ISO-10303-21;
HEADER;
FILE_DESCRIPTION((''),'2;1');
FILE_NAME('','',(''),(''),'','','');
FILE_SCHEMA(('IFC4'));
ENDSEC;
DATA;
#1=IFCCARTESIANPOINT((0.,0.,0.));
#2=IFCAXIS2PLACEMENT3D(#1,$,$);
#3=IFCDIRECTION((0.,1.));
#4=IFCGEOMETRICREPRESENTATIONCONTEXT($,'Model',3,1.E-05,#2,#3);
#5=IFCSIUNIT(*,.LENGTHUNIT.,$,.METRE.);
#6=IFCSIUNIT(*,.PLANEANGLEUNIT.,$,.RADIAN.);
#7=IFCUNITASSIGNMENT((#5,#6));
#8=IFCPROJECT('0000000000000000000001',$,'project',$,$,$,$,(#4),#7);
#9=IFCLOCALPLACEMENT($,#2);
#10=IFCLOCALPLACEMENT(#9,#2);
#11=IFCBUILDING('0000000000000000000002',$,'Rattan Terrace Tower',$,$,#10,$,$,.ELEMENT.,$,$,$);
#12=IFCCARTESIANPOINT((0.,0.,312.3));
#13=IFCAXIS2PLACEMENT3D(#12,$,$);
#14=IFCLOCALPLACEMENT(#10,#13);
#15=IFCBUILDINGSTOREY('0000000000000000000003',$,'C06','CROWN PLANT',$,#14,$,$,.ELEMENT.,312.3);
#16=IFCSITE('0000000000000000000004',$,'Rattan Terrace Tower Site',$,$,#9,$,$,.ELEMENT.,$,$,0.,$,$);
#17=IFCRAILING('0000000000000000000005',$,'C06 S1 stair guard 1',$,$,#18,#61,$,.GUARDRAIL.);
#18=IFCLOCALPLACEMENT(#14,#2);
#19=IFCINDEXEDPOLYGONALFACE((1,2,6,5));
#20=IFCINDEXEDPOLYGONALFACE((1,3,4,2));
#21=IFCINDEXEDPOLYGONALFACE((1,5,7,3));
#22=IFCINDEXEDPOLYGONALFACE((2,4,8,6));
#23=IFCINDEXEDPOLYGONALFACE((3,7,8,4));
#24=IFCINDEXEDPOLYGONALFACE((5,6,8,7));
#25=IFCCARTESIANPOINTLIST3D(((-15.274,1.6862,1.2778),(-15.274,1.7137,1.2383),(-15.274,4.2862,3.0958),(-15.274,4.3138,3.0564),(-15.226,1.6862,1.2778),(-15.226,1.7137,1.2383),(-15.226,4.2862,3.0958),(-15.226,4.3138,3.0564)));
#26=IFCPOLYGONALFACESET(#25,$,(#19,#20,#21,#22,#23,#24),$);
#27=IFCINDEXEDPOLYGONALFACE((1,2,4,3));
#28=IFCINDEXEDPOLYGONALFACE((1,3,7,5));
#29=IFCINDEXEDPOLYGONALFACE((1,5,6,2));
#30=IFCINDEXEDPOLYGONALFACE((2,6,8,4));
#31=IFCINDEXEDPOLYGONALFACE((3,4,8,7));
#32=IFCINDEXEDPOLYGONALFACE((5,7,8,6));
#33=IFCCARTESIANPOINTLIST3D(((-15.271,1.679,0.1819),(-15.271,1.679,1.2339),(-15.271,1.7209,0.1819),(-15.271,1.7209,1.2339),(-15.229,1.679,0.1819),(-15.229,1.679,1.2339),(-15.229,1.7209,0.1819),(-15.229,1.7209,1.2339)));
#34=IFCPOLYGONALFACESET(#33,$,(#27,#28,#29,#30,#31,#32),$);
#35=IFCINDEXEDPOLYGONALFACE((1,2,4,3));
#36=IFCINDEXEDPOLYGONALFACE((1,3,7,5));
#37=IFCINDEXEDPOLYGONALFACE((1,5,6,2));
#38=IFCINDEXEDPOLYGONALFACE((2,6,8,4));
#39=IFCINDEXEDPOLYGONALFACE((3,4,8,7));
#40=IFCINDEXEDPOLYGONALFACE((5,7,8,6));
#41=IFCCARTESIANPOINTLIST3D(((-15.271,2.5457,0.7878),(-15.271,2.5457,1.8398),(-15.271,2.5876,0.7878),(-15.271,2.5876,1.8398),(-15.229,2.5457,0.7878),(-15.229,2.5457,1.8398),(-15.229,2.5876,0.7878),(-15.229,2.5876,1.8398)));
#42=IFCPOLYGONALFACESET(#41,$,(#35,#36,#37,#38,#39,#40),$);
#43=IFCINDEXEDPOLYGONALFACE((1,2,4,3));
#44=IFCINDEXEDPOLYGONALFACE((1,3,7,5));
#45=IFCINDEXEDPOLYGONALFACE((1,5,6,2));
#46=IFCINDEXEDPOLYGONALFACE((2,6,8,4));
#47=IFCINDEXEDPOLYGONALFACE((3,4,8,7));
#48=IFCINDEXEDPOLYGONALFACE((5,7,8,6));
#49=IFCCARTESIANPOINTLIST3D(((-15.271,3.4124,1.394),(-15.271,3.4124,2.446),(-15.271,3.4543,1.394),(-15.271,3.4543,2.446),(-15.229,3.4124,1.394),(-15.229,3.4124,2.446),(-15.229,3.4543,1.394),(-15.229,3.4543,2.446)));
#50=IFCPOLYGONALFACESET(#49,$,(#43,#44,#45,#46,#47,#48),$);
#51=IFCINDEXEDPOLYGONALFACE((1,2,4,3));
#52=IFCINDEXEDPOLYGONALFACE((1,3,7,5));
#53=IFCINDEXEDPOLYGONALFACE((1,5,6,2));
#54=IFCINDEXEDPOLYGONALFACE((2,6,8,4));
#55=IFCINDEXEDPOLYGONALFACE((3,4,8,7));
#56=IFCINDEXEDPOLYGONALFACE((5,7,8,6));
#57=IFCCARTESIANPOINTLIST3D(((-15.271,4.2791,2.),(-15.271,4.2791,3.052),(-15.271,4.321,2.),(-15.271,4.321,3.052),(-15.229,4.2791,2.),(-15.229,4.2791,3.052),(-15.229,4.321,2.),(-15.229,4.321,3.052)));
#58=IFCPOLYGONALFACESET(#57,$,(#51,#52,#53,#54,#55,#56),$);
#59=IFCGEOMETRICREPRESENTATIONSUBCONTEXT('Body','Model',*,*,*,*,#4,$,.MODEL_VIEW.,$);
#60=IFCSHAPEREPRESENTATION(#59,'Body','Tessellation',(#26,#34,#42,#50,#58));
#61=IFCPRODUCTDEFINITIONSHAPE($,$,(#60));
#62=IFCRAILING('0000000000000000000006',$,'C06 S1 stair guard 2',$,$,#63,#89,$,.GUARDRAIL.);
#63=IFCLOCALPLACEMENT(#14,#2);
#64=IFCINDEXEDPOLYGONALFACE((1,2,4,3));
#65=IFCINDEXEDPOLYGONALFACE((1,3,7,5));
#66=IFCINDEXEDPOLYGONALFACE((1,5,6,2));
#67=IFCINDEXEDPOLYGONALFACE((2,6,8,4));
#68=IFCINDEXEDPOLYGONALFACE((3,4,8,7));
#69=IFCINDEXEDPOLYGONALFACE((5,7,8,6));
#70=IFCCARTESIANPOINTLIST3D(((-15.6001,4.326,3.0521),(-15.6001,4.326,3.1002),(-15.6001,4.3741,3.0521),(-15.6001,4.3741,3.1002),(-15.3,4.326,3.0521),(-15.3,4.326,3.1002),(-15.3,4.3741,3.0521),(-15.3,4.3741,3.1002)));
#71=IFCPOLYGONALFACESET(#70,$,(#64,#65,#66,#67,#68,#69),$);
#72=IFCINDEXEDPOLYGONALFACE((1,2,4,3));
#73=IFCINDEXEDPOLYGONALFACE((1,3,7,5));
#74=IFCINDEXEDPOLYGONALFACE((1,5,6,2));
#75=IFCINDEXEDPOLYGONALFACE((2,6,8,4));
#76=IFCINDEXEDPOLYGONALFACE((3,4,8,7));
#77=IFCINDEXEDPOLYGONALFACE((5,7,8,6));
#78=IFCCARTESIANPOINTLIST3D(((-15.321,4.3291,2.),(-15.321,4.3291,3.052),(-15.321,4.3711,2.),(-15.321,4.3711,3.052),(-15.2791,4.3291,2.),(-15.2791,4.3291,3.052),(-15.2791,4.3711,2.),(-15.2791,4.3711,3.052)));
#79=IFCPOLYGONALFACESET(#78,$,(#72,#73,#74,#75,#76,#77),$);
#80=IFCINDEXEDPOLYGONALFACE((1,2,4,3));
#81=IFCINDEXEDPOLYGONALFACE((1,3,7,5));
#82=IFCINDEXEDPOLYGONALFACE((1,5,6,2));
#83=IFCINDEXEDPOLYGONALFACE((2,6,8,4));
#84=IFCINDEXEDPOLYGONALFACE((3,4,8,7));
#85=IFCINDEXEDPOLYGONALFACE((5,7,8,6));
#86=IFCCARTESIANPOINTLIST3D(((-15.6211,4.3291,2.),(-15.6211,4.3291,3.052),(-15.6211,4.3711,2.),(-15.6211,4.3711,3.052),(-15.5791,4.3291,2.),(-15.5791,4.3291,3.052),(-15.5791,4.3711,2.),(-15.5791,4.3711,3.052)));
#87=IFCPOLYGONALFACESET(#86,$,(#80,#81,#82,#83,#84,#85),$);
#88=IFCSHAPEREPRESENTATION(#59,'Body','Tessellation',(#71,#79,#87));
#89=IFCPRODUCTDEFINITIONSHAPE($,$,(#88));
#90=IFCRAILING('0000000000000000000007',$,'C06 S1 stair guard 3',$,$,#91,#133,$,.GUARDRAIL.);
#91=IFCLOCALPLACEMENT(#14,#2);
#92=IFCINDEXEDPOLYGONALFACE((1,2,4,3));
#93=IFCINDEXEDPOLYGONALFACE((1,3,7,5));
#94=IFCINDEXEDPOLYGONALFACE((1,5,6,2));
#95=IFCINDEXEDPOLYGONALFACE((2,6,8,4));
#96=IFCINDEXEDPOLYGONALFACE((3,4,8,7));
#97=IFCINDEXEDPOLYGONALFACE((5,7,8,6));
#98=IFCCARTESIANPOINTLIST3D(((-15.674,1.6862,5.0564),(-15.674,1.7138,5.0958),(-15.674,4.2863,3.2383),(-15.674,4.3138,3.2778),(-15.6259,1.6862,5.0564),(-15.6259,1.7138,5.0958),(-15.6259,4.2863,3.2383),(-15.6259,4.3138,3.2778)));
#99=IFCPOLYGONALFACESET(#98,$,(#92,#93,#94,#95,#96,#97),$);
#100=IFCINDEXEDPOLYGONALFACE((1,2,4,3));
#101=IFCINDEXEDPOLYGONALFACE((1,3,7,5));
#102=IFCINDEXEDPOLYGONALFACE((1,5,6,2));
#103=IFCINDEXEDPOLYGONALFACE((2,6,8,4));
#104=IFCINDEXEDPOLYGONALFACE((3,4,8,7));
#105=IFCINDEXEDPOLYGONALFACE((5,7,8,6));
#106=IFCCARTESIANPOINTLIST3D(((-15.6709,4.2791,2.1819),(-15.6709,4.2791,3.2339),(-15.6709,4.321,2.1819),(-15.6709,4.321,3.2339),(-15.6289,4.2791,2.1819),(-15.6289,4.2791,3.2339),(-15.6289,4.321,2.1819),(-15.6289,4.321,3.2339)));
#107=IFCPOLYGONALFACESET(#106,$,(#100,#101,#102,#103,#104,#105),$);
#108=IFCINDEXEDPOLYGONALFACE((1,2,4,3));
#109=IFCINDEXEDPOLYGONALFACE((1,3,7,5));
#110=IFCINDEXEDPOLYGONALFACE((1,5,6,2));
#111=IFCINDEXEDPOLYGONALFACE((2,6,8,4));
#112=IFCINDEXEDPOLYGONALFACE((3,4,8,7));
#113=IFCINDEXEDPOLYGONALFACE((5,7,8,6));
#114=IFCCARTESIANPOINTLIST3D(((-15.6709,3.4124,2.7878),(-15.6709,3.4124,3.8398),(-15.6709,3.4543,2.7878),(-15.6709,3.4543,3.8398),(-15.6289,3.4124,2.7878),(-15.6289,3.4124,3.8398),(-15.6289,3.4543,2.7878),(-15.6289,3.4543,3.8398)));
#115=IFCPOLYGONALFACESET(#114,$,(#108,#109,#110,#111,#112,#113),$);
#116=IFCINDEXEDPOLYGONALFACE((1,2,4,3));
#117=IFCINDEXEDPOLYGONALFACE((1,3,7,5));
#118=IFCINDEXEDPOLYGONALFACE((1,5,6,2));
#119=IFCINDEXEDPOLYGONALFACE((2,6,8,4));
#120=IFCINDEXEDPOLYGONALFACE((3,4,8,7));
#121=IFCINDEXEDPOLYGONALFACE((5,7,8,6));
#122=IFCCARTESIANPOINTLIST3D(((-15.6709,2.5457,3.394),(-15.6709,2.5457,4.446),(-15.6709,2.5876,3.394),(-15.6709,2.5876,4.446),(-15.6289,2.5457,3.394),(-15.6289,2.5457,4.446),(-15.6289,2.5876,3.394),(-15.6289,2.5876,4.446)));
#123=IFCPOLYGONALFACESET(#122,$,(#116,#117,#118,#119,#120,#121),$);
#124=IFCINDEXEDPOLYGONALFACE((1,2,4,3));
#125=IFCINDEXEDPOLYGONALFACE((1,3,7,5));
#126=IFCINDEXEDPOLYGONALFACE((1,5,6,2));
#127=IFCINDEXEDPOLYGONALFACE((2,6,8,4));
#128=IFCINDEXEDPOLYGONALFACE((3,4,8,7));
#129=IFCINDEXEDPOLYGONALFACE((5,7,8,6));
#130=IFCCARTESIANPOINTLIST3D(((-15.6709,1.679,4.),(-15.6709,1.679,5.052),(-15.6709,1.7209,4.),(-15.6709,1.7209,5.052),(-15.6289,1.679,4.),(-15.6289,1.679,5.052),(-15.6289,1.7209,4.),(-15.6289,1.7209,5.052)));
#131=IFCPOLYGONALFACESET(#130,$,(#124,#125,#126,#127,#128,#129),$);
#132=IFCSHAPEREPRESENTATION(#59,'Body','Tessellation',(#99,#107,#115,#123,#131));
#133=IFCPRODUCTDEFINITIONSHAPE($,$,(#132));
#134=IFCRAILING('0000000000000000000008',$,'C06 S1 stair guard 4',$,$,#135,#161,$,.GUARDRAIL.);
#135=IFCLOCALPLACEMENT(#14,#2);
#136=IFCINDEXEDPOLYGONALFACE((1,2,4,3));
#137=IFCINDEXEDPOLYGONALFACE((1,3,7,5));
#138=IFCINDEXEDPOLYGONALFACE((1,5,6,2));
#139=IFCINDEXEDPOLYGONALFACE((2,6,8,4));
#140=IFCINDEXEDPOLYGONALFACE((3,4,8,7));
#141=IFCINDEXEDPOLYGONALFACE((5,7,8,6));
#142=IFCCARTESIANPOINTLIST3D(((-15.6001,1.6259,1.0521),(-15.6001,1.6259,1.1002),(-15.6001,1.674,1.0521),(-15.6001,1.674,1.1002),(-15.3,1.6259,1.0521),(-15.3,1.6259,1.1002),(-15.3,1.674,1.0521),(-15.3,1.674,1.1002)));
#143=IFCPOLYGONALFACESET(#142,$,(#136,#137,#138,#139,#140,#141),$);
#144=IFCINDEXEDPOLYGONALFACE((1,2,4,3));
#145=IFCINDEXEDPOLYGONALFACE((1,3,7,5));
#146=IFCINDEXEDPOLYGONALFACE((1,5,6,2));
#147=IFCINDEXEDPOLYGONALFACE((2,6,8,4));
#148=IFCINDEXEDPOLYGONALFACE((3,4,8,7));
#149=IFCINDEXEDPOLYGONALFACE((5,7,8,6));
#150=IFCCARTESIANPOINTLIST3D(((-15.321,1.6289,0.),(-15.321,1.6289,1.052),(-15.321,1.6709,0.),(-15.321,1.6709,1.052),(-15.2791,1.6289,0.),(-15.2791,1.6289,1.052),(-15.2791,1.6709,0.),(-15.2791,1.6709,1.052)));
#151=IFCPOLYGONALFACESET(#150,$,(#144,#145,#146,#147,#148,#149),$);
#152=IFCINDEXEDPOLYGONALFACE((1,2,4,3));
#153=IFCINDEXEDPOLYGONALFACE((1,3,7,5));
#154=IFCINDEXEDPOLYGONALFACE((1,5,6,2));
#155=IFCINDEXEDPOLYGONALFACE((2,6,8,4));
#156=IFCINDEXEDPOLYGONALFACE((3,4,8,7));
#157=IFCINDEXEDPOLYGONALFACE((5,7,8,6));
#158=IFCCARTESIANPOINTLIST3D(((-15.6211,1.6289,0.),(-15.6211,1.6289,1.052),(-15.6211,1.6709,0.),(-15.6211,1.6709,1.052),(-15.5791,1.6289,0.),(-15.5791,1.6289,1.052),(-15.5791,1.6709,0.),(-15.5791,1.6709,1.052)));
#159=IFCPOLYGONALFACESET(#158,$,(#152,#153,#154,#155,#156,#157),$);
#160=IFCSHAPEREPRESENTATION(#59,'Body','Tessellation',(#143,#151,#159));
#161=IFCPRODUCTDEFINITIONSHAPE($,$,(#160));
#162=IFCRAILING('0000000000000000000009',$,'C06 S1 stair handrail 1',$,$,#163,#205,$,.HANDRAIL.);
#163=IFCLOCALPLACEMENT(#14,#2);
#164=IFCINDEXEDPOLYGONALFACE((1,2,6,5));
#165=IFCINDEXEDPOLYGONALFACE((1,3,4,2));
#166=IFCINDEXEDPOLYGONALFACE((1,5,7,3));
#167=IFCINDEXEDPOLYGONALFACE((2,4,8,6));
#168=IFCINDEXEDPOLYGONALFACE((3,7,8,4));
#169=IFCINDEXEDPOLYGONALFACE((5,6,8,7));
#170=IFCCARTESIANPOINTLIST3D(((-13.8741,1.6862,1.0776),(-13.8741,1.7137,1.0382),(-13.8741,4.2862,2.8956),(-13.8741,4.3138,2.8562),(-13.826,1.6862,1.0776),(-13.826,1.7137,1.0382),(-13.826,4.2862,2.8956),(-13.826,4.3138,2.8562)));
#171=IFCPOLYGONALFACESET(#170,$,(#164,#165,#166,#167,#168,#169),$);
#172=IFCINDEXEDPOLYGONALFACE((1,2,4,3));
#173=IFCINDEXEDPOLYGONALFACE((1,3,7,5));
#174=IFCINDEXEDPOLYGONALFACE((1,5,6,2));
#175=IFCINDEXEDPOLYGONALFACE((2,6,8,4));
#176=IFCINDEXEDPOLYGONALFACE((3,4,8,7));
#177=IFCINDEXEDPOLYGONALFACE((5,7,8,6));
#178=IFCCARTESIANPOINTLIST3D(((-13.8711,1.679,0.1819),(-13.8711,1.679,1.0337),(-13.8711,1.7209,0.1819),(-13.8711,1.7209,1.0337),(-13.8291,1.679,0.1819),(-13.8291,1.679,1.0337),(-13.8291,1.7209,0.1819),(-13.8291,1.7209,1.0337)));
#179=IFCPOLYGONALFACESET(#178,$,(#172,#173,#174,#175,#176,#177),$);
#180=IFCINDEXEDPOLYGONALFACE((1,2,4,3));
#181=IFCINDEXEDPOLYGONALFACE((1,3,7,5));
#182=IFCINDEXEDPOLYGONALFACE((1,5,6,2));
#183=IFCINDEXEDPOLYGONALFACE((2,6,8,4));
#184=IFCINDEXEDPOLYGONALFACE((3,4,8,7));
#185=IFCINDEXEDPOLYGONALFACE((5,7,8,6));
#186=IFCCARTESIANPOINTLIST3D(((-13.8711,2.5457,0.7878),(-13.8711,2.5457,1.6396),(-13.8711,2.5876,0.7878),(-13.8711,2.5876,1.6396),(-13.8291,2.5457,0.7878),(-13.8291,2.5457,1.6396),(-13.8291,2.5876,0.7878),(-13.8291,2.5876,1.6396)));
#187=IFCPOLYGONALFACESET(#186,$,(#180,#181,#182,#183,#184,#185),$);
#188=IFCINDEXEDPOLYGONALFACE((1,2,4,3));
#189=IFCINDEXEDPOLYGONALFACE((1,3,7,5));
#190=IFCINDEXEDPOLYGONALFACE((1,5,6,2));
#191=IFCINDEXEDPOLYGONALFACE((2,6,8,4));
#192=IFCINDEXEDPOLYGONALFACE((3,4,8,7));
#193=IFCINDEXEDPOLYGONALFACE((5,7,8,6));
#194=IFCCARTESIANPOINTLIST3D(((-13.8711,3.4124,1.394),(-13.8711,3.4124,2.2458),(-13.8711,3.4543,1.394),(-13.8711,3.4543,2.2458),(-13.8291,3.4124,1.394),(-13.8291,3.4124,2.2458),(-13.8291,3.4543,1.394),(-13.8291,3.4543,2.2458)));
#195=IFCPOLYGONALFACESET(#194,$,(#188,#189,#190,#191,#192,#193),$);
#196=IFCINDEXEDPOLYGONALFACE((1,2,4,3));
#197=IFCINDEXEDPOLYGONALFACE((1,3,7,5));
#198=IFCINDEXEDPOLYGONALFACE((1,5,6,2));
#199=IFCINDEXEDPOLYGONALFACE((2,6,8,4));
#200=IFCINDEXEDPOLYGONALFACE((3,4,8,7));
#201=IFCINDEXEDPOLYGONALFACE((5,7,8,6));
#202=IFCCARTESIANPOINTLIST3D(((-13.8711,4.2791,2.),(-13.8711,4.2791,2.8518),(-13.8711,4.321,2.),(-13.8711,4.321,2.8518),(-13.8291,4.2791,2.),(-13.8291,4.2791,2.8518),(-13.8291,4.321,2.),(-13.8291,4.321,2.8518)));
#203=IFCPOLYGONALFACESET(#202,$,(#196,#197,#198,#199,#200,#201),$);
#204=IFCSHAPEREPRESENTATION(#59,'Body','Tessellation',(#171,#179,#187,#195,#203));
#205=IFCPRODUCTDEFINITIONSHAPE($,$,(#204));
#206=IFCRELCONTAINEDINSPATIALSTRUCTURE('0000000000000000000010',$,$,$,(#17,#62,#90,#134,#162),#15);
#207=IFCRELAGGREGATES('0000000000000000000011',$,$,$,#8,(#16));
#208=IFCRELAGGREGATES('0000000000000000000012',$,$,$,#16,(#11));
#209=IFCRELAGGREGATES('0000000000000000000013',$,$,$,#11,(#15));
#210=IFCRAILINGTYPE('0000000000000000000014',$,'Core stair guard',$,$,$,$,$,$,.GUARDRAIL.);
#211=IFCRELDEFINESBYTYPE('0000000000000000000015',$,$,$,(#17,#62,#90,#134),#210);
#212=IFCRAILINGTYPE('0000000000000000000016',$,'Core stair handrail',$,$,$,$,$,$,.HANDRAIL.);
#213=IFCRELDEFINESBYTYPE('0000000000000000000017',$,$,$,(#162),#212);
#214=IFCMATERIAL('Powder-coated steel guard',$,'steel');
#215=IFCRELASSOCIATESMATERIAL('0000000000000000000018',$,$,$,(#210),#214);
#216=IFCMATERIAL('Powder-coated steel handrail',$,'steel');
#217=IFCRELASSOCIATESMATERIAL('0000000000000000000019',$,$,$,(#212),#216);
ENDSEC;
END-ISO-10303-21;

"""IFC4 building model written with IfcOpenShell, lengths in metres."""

from ifc_helpers import new_model, si_unit, direction, frame, origin, origin_2d, place, context, subcontext, project, spatial, rectangle, extrude, material, type_object, element, save


model = new_model("IFC4")

# Units and contexts
model_context = context("Model", 3, precision=1e-05, world=origin(), true_north=direction((0.0, 1.0)))
body_context = subcontext(model_context, "Body", "Model", "MODEL_VIEW")
ifc_project = project(units=[si_unit("LENGTHUNIT", "METRE"), si_unit("PLANEANGLEUNIT", "RADIAN")], contexts=[model_context])

# Site, building, storey
site_placement = place(None, origin())
site = spatial("IfcSite", under=ifc_project, at=site_placement, Name="Rattan Terrace Tower Site", CompositionType="ELEMENT", RefElevation=0.0)
building_placement = place(site_placement, origin())
building = spatial("IfcBuilding", under=site, at=building_placement, Name="Rattan Terrace Tower", CompositionType="ELEMENT")
storey_placement = place(building_placement, frame((0.0, 0.0, 312.3)))
storey = spatial("IfcBuildingStorey", under=building, at=storey_placement, Name="C06", Description="CROWN PLANT", CompositionType="ELEMENT", Elevation=312.3)

# Railings
ifc_material_1 = material(Name="Powder-coated steel guard", Category="steel")
railing_type_1 = type_object("IfcRailingType", Name="Core stair guard", PredefinedType="GUARDRAIL", material=ifc_material_1)
railing_1_placement = place(storey_placement, frame((-15.25, 1.7, 0.1819)))
element("IfcRailing", 1, at=railing_1_placement, inside=storey, type_object=railing_type_1, Name="C06 S1 stair guard 1", PredefinedType="GUARDRAIL", context=body_context, shape_type="SweptSolid", body=[
    extrude(rectangle(XDim=0.0481, YDim=0.0481, at=origin_2d()), frame((0.0, 0.0, 1.0762), z_axis=(0.0, 0.819521, 0.573049), x_axis=(-1.0, 0.0, 0.0)), (0.0, 0.0, 1.0), 3.1726),
    extrude(rectangle(XDim=0.042, YDim=0.042, at=origin_2d()), origin(), (0.0, 0.0, 1.0), 1.052),
    extrude(rectangle(XDim=0.042, YDim=0.042, at=origin_2d()), frame((0.0, 0.8667, 0.606)), (0.0, 0.0, 1.0), 1.052),
    extrude(rectangle(XDim=0.042, YDim=0.042, at=origin_2d()), frame((0.0, 1.7334, 1.2122)), (0.0, 0.0, 1.0), 1.052),
    extrude(rectangle(XDim=0.042, YDim=0.042, at=origin_2d()), frame((0.0, 2.6001, 1.8181)), (0.0, 0.0, 1.0), 1.052),
])
railing_2_placement = place(storey_placement, frame((-15.3, 4.3501, 2.0)))
element("IfcRailing", 2, at=railing_2_placement, inside=storey, type_object=railing_type_1, Name="C06 S1 stair guard 2", PredefinedType="GUARDRAIL", context=body_context, shape_type="SweptSolid", body=[
    extrude(rectangle(XDim=0.0481, YDim=0.0481, at=origin_2d()), frame((0.0, 0.0, 1.0762), z_axis=(-1.0, 0.0, 0.0), x_axis=(0.0, -1.0, 0.0)), (0.0, 0.0, 1.0), 0.3),
    extrude(rectangle(XDim=0.042, YDim=0.042, at=origin_2d()), origin(), (0.0, 0.0, 1.0), 1.052),
    extrude(rectangle(XDim=0.042, YDim=0.042, at=origin_2d()), frame((-0.3, 0.0, 0.0)), (0.0, 0.0, 1.0), 1.052),
])
railing_3_placement = place(storey_placement, frame((-15.6499, 4.3, 2.1819)))
element("IfcRailing", 3, at=railing_3_placement, inside=storey, type_object=railing_type_1, Name="C06 S1 stair guard 3", PredefinedType="GUARDRAIL", context=body_context, shape_type="SweptSolid", body=[
    extrude(rectangle(XDim=0.0481, YDim=0.0481, at=origin_2d()), frame((0.0, 0.0, 1.0762), z_axis=(0.0, -0.819521, 0.573049), x_axis=(1.0, 0.0, 0.0)), (0.0, 0.0, 1.0), 3.1726),
    extrude(rectangle(XDim=0.042, YDim=0.042, at=origin_2d()), origin(), (0.0, 0.0, 1.0), 1.052),
    extrude(rectangle(XDim=0.042, YDim=0.042, at=origin_2d()), frame((0.0, -0.8667, 0.606)), (0.0, 0.0, 1.0), 1.052),
    extrude(rectangle(XDim=0.042, YDim=0.042, at=origin_2d()), frame((0.0, -1.7334, 1.2122)), (0.0, 0.0, 1.0), 1.052),
    extrude(rectangle(XDim=0.042, YDim=0.042, at=origin_2d()), frame((0.0, -2.6001, 1.8181)), (0.0, 0.0, 1.0), 1.052),
])
railing_4_placement = place(storey_placement, frame((-15.3, 1.6499, 0.0)))
element("IfcRailing", 4, at=railing_4_placement, inside=storey, type_object=railing_type_1, Name="C06 S1 stair guard 4", PredefinedType="GUARDRAIL", context=body_context, shape_type="SweptSolid", body=[
    extrude(rectangle(XDim=0.0481, YDim=0.0481, at=origin_2d()), frame((0.0, 0.0, 1.0762), z_axis=(-1.0, 0.0, 0.0), x_axis=(0.0, -1.0, 0.0)), (0.0, 0.0, 1.0), 0.3),
    extrude(rectangle(XDim=0.042, YDim=0.042, at=origin_2d()), origin(), (0.0, 0.0, 1.0), 1.052),
    extrude(rectangle(XDim=0.042, YDim=0.042, at=origin_2d()), frame((-0.3, 0.0, 0.0)), (0.0, 0.0, 1.0), 1.052),
])
ifc_material_2 = material(Name="Powder-coated steel handrail", Category="steel")
railing_type_2 = type_object("IfcRailingType", Name="Core stair handrail", PredefinedType="HANDRAIL", material=ifc_material_2)
railing_5_placement = place(storey_placement, frame((-13.8501, 1.7, 0.1819)))
element("IfcRailing", 5, at=railing_5_placement, inside=storey, type_object=railing_type_2, Name="C06 S1 stair handrail 1", PredefinedType="HANDRAIL", context=body_context, shape_type="SweptSolid", body=[
    extrude(rectangle(XDim=0.0481, YDim=0.0481, at=origin_2d()), frame((0.0, 0.0, 0.876), z_axis=(0.0, 0.819521, 0.573049), x_axis=(-1.0, 0.0, 0.0)), (0.0, 0.0, 1.0), 3.1726),
    extrude(rectangle(XDim=0.042, YDim=0.042, at=origin_2d()), origin(), (0.0, 0.0, 1.0), 0.8518),
    extrude(rectangle(XDim=0.042, YDim=0.042, at=origin_2d()), frame((0.0, 0.8667, 0.606)), (0.0, 0.0, 1.0), 0.8518),
    extrude(rectangle(XDim=0.042, YDim=0.042, at=origin_2d()), frame((0.0, 1.7334, 1.2122)), (0.0, 0.0, 1.0), 0.8518),
    extrude(rectangle(XDim=0.042, YDim=0.042, at=origin_2d()), frame((0.0, 2.6001, 1.8181)), (0.0, 0.0, 1.0), 0.8518),
])

save(model, "model.ifc")
